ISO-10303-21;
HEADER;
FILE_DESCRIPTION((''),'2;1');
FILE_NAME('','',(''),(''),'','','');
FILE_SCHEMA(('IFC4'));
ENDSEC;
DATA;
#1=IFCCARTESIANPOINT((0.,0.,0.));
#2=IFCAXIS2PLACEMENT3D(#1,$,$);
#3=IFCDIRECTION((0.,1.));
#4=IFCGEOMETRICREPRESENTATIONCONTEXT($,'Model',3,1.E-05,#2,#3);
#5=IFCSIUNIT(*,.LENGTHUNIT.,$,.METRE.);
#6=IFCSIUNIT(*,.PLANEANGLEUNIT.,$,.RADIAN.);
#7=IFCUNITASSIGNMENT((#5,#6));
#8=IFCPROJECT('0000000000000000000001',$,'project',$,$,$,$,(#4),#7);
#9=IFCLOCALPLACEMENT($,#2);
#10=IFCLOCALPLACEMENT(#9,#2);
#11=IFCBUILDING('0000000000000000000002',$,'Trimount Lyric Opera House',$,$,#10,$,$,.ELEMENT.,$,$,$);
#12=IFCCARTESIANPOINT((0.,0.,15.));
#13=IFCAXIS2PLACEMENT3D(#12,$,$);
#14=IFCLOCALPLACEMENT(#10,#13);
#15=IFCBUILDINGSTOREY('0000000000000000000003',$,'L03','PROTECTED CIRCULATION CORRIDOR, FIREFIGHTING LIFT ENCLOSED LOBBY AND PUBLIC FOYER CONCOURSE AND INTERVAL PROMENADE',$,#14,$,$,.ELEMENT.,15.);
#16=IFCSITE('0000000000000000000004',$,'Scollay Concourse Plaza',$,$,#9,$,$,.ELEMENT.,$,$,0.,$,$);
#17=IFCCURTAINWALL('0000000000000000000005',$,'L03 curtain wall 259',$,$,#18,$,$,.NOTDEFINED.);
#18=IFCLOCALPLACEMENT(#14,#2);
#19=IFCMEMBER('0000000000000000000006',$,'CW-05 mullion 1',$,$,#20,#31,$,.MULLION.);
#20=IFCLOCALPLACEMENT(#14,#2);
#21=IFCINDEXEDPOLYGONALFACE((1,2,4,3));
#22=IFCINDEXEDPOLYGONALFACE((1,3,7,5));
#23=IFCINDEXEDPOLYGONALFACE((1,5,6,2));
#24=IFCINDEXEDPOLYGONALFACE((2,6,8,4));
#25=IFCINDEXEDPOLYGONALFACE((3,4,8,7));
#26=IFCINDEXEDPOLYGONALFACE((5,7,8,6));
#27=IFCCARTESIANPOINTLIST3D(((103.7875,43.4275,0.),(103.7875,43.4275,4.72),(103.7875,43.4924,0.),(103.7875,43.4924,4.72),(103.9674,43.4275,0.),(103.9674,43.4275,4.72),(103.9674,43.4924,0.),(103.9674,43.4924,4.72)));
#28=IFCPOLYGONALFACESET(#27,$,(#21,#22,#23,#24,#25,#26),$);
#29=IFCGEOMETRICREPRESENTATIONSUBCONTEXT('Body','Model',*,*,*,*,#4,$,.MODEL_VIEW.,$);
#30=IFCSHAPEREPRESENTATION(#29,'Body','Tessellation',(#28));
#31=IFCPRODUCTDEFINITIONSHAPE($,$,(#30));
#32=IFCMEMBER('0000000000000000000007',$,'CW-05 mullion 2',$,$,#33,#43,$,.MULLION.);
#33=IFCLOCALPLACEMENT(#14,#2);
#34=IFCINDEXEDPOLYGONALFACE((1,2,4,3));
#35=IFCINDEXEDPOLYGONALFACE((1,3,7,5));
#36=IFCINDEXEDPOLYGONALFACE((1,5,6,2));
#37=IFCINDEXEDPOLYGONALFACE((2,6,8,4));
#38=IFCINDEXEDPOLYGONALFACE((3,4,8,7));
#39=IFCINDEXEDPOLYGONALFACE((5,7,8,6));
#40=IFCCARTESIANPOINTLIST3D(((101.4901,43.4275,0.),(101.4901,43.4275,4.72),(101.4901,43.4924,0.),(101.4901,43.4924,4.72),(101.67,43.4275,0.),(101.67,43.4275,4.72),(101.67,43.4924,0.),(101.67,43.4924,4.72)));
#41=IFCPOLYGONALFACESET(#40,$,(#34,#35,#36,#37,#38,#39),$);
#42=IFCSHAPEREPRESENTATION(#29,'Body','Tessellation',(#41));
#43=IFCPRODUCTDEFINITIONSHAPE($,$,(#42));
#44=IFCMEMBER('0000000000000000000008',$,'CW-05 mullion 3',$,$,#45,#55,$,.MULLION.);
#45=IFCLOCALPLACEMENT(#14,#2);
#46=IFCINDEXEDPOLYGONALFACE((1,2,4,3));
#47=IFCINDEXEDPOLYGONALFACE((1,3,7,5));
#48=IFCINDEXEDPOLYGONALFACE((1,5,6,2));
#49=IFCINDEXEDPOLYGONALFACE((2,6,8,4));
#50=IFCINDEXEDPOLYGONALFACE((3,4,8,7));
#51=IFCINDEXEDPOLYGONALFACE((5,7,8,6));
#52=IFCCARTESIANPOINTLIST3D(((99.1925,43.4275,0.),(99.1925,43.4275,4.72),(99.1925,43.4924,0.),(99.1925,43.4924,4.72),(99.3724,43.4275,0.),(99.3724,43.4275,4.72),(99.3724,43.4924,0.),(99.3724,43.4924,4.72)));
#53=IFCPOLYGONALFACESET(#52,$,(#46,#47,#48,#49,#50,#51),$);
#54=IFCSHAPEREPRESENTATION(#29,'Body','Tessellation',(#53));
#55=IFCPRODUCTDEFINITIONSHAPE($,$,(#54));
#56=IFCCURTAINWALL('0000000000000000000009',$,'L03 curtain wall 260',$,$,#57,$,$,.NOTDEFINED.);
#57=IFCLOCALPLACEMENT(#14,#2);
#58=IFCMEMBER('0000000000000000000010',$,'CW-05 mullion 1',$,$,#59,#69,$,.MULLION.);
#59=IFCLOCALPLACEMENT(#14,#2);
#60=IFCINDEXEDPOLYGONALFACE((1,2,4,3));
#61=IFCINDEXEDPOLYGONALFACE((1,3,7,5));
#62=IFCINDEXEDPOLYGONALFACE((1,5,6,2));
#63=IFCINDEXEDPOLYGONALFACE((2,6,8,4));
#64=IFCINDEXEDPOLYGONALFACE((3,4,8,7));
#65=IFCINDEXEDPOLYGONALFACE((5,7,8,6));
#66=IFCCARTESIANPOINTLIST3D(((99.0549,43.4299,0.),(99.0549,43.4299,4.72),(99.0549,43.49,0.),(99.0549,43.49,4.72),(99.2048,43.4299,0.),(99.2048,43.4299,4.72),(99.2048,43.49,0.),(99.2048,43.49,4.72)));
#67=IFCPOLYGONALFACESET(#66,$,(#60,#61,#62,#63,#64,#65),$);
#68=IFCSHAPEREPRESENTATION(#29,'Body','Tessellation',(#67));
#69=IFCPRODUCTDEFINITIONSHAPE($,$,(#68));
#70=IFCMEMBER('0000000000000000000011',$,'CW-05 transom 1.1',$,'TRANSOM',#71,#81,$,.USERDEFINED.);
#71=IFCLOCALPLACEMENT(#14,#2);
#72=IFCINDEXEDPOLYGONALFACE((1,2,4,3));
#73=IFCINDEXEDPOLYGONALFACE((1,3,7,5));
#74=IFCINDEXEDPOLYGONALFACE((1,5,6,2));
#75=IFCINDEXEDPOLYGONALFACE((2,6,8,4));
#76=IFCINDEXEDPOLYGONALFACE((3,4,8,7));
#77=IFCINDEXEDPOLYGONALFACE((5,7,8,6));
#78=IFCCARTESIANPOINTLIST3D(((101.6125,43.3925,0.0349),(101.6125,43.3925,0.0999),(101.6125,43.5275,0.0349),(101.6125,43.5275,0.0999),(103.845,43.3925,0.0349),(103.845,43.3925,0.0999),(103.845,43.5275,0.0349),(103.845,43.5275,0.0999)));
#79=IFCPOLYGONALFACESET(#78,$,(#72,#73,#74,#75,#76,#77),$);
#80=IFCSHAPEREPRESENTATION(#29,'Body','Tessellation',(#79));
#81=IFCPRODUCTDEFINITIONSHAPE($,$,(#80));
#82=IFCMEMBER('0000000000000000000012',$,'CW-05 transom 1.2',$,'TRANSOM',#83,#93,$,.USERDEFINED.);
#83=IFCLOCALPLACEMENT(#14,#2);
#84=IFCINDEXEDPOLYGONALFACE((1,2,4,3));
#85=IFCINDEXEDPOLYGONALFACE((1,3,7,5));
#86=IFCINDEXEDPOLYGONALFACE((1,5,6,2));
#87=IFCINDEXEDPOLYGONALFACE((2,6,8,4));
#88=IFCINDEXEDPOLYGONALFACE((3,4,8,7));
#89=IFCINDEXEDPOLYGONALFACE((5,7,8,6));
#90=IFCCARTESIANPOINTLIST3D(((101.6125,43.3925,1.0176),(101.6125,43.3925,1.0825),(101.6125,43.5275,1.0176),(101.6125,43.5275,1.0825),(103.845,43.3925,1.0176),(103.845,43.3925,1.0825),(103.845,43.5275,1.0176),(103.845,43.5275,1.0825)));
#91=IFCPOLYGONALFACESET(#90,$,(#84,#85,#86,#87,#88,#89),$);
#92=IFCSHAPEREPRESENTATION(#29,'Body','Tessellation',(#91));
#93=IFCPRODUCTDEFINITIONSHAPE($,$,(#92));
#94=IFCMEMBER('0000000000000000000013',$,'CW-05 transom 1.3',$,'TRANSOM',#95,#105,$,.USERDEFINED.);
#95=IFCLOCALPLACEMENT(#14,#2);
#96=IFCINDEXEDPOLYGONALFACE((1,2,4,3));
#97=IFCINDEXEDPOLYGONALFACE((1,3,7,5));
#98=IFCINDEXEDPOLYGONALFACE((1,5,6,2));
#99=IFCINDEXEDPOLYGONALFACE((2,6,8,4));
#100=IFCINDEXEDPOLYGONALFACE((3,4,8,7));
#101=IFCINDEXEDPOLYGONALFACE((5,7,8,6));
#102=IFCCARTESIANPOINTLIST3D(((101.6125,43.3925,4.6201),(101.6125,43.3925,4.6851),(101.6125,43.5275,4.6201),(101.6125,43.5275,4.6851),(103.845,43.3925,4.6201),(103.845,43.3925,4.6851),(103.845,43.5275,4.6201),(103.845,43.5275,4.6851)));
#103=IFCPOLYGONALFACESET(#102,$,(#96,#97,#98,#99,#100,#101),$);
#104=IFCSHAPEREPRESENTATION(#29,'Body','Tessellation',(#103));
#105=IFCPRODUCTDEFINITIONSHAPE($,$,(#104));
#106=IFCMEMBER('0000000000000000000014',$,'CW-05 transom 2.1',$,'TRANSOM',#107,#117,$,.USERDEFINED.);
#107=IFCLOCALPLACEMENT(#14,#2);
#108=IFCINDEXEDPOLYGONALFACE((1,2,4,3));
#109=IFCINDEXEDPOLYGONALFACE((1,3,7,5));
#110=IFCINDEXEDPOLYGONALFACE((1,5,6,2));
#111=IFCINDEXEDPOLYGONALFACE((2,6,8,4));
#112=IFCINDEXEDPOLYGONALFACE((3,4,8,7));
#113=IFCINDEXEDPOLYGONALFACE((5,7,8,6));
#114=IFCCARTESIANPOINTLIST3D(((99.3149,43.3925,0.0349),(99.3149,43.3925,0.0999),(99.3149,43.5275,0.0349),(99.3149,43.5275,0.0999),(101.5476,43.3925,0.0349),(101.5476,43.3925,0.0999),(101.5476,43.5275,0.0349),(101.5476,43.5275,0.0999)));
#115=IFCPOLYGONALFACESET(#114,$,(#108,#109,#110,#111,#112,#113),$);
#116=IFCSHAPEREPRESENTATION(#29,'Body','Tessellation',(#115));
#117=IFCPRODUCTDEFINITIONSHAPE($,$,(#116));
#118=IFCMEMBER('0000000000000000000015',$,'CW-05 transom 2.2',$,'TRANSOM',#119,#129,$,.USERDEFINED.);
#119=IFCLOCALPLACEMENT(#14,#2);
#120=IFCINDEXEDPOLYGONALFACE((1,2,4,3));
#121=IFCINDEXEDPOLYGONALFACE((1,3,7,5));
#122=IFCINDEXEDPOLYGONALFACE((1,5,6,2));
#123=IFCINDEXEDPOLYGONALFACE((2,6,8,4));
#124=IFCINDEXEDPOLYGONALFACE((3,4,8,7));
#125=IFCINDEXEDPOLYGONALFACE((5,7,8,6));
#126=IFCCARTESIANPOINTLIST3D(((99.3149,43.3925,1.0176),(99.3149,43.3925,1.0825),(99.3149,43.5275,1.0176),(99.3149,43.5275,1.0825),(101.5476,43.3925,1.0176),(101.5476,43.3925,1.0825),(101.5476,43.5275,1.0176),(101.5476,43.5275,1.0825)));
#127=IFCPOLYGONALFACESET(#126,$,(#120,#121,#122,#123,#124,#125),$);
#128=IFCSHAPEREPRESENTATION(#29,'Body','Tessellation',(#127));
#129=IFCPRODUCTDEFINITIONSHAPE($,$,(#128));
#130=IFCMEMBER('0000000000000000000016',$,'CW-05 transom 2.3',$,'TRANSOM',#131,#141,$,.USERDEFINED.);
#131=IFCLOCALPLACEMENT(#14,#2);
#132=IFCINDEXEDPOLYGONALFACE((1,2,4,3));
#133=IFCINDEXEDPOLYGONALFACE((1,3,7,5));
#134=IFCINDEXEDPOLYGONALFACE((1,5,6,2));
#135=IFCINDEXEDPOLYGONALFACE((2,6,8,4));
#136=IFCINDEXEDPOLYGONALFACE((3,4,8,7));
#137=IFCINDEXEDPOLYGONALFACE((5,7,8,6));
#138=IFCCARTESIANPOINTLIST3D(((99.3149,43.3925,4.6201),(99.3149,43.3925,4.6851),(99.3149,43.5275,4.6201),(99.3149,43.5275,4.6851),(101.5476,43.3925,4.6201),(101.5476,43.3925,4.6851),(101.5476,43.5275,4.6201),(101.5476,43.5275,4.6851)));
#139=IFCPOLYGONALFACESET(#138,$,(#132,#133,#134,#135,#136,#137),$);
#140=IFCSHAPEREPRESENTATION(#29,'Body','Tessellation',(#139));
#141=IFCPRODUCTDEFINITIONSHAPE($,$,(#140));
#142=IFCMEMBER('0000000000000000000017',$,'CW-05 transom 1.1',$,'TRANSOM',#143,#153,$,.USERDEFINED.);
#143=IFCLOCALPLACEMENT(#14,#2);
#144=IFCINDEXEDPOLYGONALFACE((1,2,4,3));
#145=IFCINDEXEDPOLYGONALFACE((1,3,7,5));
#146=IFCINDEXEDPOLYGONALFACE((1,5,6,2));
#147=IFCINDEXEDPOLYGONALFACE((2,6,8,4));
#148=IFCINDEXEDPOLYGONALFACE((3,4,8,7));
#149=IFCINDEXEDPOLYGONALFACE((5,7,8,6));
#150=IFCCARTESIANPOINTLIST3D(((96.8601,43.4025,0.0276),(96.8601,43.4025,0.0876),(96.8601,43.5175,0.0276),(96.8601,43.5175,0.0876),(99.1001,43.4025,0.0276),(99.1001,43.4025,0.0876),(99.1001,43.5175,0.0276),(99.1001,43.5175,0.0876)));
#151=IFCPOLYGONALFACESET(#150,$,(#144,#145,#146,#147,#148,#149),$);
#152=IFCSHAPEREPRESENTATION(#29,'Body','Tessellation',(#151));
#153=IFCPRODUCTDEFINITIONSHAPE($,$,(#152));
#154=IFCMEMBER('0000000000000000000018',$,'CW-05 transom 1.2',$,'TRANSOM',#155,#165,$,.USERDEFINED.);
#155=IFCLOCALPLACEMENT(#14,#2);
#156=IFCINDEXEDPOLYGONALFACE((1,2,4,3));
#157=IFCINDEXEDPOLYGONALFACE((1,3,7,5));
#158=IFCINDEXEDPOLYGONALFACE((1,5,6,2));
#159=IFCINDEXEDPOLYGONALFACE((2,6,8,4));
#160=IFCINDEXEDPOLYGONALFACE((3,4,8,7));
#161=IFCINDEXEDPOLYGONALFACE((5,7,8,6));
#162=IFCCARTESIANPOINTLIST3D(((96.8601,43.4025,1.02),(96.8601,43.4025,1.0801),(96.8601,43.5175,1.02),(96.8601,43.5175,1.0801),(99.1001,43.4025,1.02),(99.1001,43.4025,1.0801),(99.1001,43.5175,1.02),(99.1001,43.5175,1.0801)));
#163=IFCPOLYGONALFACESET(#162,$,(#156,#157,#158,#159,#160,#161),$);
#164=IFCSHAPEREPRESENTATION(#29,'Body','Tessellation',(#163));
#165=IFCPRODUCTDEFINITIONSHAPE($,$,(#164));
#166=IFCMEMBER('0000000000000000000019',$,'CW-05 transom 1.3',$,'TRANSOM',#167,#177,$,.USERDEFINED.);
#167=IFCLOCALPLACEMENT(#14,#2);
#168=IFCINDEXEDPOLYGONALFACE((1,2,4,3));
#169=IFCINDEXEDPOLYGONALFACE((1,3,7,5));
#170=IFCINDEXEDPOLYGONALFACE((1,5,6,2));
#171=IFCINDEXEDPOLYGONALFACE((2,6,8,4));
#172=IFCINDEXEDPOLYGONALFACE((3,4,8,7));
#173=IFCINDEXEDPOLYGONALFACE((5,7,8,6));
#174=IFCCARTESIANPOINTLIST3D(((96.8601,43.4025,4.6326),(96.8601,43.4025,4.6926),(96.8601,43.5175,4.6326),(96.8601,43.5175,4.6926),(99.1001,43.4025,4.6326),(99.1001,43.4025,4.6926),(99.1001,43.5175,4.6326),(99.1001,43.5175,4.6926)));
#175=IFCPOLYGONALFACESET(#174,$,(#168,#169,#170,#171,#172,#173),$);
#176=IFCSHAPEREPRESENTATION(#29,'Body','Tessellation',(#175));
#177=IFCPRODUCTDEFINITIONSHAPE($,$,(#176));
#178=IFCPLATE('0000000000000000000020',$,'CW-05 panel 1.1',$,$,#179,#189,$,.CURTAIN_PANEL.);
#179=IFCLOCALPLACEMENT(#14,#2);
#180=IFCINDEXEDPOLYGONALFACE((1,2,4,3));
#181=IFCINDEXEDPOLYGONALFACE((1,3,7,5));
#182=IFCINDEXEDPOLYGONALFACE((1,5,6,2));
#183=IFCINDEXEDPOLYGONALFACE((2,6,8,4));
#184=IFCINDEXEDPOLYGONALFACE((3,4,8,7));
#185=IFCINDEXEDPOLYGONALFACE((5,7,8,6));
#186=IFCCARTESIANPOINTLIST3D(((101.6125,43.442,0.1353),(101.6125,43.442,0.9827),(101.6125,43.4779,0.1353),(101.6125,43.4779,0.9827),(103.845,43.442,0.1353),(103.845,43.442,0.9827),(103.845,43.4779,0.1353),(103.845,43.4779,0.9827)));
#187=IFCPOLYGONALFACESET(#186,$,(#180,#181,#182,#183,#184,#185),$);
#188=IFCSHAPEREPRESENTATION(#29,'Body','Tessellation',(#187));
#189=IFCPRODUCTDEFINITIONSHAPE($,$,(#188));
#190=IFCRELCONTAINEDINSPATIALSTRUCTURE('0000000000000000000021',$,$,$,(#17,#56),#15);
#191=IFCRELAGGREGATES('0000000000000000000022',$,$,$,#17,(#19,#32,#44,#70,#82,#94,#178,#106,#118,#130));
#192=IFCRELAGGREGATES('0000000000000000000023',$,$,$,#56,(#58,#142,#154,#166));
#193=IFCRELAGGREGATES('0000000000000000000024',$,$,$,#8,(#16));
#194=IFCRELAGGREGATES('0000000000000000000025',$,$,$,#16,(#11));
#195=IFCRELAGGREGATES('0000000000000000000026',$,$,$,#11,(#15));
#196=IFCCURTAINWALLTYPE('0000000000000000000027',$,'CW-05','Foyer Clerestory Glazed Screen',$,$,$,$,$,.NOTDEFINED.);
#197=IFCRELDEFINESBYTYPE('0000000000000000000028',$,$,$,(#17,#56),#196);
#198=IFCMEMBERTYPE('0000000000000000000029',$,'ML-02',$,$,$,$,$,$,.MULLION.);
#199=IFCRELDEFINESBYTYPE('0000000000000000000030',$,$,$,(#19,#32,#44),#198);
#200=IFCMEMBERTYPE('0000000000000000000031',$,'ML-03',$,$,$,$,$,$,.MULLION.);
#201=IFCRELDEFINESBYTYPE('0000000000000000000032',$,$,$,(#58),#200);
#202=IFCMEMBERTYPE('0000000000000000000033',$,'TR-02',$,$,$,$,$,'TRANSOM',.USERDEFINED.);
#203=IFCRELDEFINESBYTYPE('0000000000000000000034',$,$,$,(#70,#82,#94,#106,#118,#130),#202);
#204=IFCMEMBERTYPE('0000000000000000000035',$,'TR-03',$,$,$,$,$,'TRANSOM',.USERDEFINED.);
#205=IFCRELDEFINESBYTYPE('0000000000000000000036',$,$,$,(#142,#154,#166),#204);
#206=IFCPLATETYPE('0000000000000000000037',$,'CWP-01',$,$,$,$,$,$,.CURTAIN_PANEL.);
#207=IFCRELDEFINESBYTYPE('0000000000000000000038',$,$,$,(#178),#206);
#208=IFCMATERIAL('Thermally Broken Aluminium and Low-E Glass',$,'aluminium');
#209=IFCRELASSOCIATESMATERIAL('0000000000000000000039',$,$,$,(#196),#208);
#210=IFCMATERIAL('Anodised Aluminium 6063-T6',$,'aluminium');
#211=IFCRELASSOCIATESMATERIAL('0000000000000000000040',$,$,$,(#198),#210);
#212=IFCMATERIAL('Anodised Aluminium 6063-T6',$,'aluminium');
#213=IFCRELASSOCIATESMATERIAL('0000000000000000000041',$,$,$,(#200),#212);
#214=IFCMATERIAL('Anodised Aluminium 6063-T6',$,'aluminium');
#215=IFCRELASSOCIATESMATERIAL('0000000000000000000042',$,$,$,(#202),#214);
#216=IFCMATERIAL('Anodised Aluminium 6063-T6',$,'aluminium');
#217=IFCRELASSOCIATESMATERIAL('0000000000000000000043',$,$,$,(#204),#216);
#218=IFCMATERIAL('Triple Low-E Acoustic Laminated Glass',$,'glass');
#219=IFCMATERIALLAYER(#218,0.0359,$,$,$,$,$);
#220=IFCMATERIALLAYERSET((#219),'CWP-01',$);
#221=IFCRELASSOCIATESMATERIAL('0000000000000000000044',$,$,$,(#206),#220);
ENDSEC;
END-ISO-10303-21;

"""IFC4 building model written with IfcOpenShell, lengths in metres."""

from ifc_helpers import new_model, si_unit, direction, frame, origin, origin_2d, place, context, subcontext, project, spatial, rectangle, extrude, material, layer, layer_set, material_profile, profile_set, type_object, element, aggregate, save


model = new_model("IFC4")

# Units and contexts
model_context = context("Model", 3, precision=1e-05, world=origin(), true_north=direction((0.0, 1.0)))
body_context = subcontext(model_context, "Body", "Model", "MODEL_VIEW")
ifc_project = project(units=[si_unit("LENGTHUNIT", "METRE"), si_unit("PLANEANGLEUNIT", "RADIAN")], contexts=[model_context])

# Site, building, storey
site_placement = place(None, origin())
site = spatial("IfcSite", under=ifc_project, at=site_placement, Name="Scollay Concourse Plaza", CompositionType="ELEMENT", RefElevation=0.0)
building_placement = place(site_placement, origin())
building = spatial("IfcBuilding", under=site, at=building_placement, Name="Trimount Lyric Opera House", CompositionType="ELEMENT")
storey_placement = place(building_placement, frame((0.0, 0.0, 15.0)))
storey = spatial("IfcBuildingStorey", under=building, at=storey_placement, Name="L03", Description="PROTECTED CIRCULATION CORRIDOR, FIREFIGHTING LIFT ENCLOSED LOBBY AND PUBLIC FOYER CONCOURSE AND INTERVAL PROMENADE", CompositionType="ELEMENT", Elevation=15.0)

# Curtain wall, members
ifc_material_1 = material(Name="Thermally Broken Aluminium and Low-E Glass", Category="aluminium")
curtain_wall_type = type_object("IfcCurtainWallType", Name="CW-05", Description="Foyer Clerestory Glazed Screen", PredefinedType="NOTDEFINED", material=ifc_material_1)
curtain_wall_1_placement = place(storey_placement, origin())
curtain_wall_1 = element("IfcCurtainWall", 1, at=curtain_wall_1_placement, inside=storey, type_object=curtain_wall_type, Name="L03 curtain wall 259", PredefinedType="NOTDEFINED")
ifc_material_2 = material(Name="Anodised Aluminium 6063-T6", Category="aluminium")
ifc_material_profile_1 = material_profile(ifc_material_2, rectangle(XDim=0.0649, YDim=0.1799, at=origin_2d()), Name="ALU-MULL-65X180")
ifc_profile_set_1 = profile_set([ifc_material_profile_1], Name="Anodised Aluminium 6063-T6")
member_type_1 = type_object("IfcMemberType", Name="ML-02", PredefinedType="MULLION", material=ifc_profile_set_1)
member_1_placement = place(storey_placement, frame((103.8774, 43.46, 0.0), z_axis=(0.0, 0.0, 1.0), x_axis=(0.0, -1.0, 0.0)))
member_1 = element("IfcMember", 2, at=member_1_placement, type_object=member_type_1, Name="CW-05 mullion 1", PredefinedType="MULLION", context=body_context, shape_type="SweptSolid", body=[
    extrude(rectangle(XDim=0.0649, YDim=0.1799, at=origin_2d()), origin(), (0.0, 0.0, 1.0), 4.72),
])
member_2_placement = place(storey_placement, frame((101.5801, 43.46, 0.0), z_axis=(0.0, 0.0, 1.0), x_axis=(0.0, -1.0, 0.0)))
member_2 = element("IfcMember", 3, at=member_2_placement, type_object=member_type_1, Name="CW-05 mullion 2", PredefinedType="MULLION", context=body_context, shape_type="SweptSolid", body=[
    extrude(rectangle(XDim=0.0649, YDim=0.1799, at=origin_2d()), origin(), (0.0, 0.0, 1.0), 4.72),
])
member_3_placement = place(storey_placement, frame((99.2825, 43.46, 0.0), z_axis=(0.0, 0.0, 1.0), x_axis=(0.0, -1.0, 0.0)))
member_3 = element("IfcMember", 4, at=member_3_placement, type_object=member_type_1, Name="CW-05 mullion 3", PredefinedType="MULLION", context=body_context, shape_type="SweptSolid", body=[
    extrude(rectangle(XDim=0.0649, YDim=0.1799, at=origin_2d()), origin(), (0.0, 0.0, 1.0), 4.72),
])

# Curtain wall, member
curtain_wall_2_placement = place(storey_placement, origin())
curtain_wall_2 = element("IfcCurtainWall", 5, at=curtain_wall_2_placement, inside=storey, type_object=curtain_wall_type, Name="L03 curtain wall 260", PredefinedType="NOTDEFINED")
ifc_material_3 = material(Name="Anodised Aluminium 6063-T6", Category="aluminium")
ifc_material_profile_2 = material_profile(ifc_material_3, rectangle(XDim=0.0601, YDim=0.1499, at=origin_2d()), Name="ALU-MULL-60X150")
ifc_profile_set_2 = profile_set([ifc_material_profile_2], Name="Anodised Aluminium 6063-T6")
member_type_2 = type_object("IfcMemberType", Name="ML-03", PredefinedType="MULLION", material=ifc_profile_set_2)
member_4_placement = place(storey_placement, frame((99.1299, 43.46, 0.0), z_axis=(0.0, 0.0, 1.0), x_axis=(0.0, -1.0, 0.0)))
member_4 = element("IfcMember", 6, at=member_4_placement, type_object=member_type_2, Name="CW-05 mullion 1", PredefinedType="MULLION", context=body_context, shape_type="SweptSolid", body=[
    extrude(rectangle(XDim=0.0601, YDim=0.1499, at=origin_2d()), origin(), (0.0, 0.0, 1.0), 4.72),
])

# Members
ifc_material_4 = material(Name="Anodised Aluminium 6063-T6", Category="aluminium")
ifc_material_profile_3 = material_profile(ifc_material_4, rectangle(XDim=0.135, YDim=0.0649, at=origin_2d()), Name="ALU-TRAN-65X135")
ifc_profile_set_3 = profile_set([ifc_material_profile_3], Name="Anodised Aluminium 6063-T6")
member_type_3 = type_object("IfcMemberType", Name="TR-02", ElementType="TRANSOM", PredefinedType="USERDEFINED", material=ifc_profile_set_3)
member_5_placement = place(storey_placement, frame((103.845, 43.46, 0.0674), z_axis=(-1.0, 0.0, 0.0), x_axis=(0.0, -1.0, 0.0)))
member_5 = element("IfcMember", 7, at=member_5_placement, type_object=member_type_3, Name="CW-05 transom 1.1", ObjectType="TRANSOM", PredefinedType="USERDEFINED", context=body_context, shape_type="SweptSolid", body=[
    extrude(rectangle(XDim=0.135, YDim=0.0649, at=origin_2d()), origin(), (0.0, 0.0, 1.0), 2.2324),
])
member_6_placement = place(storey_placement, frame((103.845, 43.46, 1.05), z_axis=(-1.0, 0.0, 0.0), x_axis=(0.0, -1.0, 0.0)))
member_6 = element("IfcMember", 8, at=member_6_placement, type_object=member_type_3, Name="CW-05 transom 1.2", ObjectType="TRANSOM", PredefinedType="USERDEFINED", context=body_context, shape_type="SweptSolid", body=[
    extrude(rectangle(XDim=0.135, YDim=0.0649, at=origin_2d()), origin(), (0.0, 0.0, 1.0), 2.2324),
])
member_7_placement = place(storey_placement, frame((103.845, 43.46, 4.6526), z_axis=(-1.0, 0.0, 0.0), x_axis=(0.0, -1.0, 0.0)))
member_7 = element("IfcMember", 9, at=member_7_placement, type_object=member_type_3, Name="CW-05 transom 1.3", ObjectType="TRANSOM", PredefinedType="USERDEFINED", context=body_context, shape_type="SweptSolid", body=[
    extrude(rectangle(XDim=0.135, YDim=0.0649, at=origin_2d()), origin(), (0.0, 0.0, 1.0), 2.2324),
])
member_8_placement = place(storey_placement, frame((101.5476, 43.46, 0.0674), z_axis=(-1.0, 0.0, 0.0), x_axis=(0.0, -1.0, 0.0)))
member_8 = element("IfcMember", 10, at=member_8_placement, type_object=member_type_3, Name="CW-05 transom 2.1", ObjectType="TRANSOM", PredefinedType="USERDEFINED", context=body_context, shape_type="SweptSolid", body=[
    extrude(rectangle(XDim=0.135, YDim=0.0649, at=origin_2d()), origin(), (0.0, 0.0, 1.0), 2.2327),
])
member_9_placement = place(storey_placement, frame((101.5476, 43.46, 1.05), z_axis=(-1.0, 0.0, 0.0), x_axis=(0.0, -1.0, 0.0)))
member_9 = element("IfcMember", 11, at=member_9_placement, type_object=member_type_3, Name="CW-05 transom 2.2", ObjectType="TRANSOM", PredefinedType="USERDEFINED", context=body_context, shape_type="SweptSolid", body=[
    extrude(rectangle(XDim=0.135, YDim=0.0649, at=origin_2d()), origin(), (0.0, 0.0, 1.0), 2.2327),
])
member_10_placement = place(storey_placement, frame((101.5476, 43.46, 4.6526), z_axis=(-1.0, 0.0, 0.0), x_axis=(0.0, -1.0, 0.0)))
member_10 = element("IfcMember", 12, at=member_10_placement, type_object=member_type_3, Name="CW-05 transom 2.3", ObjectType="TRANSOM", PredefinedType="USERDEFINED", context=body_context, shape_type="SweptSolid", body=[
    extrude(rectangle(XDim=0.135, YDim=0.0649, at=origin_2d()), origin(), (0.0, 0.0, 1.0), 2.2327),
])
ifc_material_5 = material(Name="Anodised Aluminium 6063-T6", Category="aluminium")
ifc_material_profile_4 = material_profile(ifc_material_5, rectangle(XDim=0.115, YDim=0.0601, at=origin_2d()), Name="ALU-TRAN-60X115")
ifc_profile_set_4 = profile_set([ifc_material_profile_4], Name="Anodised Aluminium 6063-T6")
member_type_4 = type_object("IfcMemberType", Name="TR-03", ElementType="TRANSOM", PredefinedType="USERDEFINED", material=ifc_profile_set_4)
member_11_placement = place(storey_placement, frame((99.1001, 43.46, 0.0576), z_axis=(-1.0, 0.0, 0.0), x_axis=(0.0, -1.0, 0.0)))
member_11 = element("IfcMember", 13, at=member_11_placement, type_object=member_type_4, Name="CW-05 transom 1.1", ObjectType="TRANSOM", PredefinedType="USERDEFINED", context=body_context, shape_type="SweptSolid", body=[
    extrude(rectangle(XDim=0.115, YDim=0.0601, at=origin_2d()), origin(), (0.0, 0.0, 1.0), 2.24),
])
member_12_placement = place(storey_placement, frame((99.1001, 43.46, 1.05), z_axis=(-1.0, 0.0, 0.0), x_axis=(0.0, -1.0, 0.0)))
member_12 = element("IfcMember", 14, at=member_12_placement, type_object=member_type_4, Name="CW-05 transom 1.2", ObjectType="TRANSOM", PredefinedType="USERDEFINED", context=body_context, shape_type="SweptSolid", body=[
    extrude(rectangle(XDim=0.115, YDim=0.0601, at=origin_2d()), origin(), (0.0, 0.0, 1.0), 2.24),
])
member_13_placement = place(storey_placement, frame((99.1001, 43.46, 4.6626), z_axis=(-1.0, 0.0, 0.0), x_axis=(0.0, -1.0, 0.0)))
member_13 = element("IfcMember", 15, at=member_13_placement, type_object=member_type_4, Name="CW-05 transom 1.3", ObjectType="TRANSOM", PredefinedType="USERDEFINED", context=body_context, shape_type="SweptSolid", body=[
    extrude(rectangle(XDim=0.115, YDim=0.0601, at=origin_2d()), origin(), (0.0, 0.0, 1.0), 2.24),
])

# Plate
ifc_material_6 = material(Name="Triple Low-E Acoustic Laminated Glass", Category="glass")
ifc_layer_1 = layer(ifc_material_6, 0.0359)
ifc_layer_set_1 = layer_set([ifc_layer_1], Name="CWP-01")
plate_type_1 = type_object("IfcPlateType", Name="CWP-01", PredefinedType="CURTAIN_PANEL", material=ifc_layer_set_1)
plate_1_placement = place(storey_placement, frame((102.7288, 43.46, 0.1353), z_axis=(0.0, 0.0, 1.0), x_axis=(-1.0, 0.0, 0.0)))
plate_1 = element("IfcPlate", 16, at=plate_1_placement, type_object=plate_type_1, Name="CW-05 panel 1.1", PredefinedType="CURTAIN_PANEL", context=body_context, shape_type="SweptSolid", body=[
    extrude(rectangle(XDim=2.2324, YDim=0.0359, at=origin_2d()), origin(), (0.0, 0.0, 1.0), 0.8474),
])
aggregate(curtain_wall_1, [member_1, member_2, member_3, member_5, member_6, member_7, plate_1, member_8, member_9, member_10])
aggregate(curtain_wall_2, [member_4, member_11, member_12, member_13])

save(model, "model.ifc")
